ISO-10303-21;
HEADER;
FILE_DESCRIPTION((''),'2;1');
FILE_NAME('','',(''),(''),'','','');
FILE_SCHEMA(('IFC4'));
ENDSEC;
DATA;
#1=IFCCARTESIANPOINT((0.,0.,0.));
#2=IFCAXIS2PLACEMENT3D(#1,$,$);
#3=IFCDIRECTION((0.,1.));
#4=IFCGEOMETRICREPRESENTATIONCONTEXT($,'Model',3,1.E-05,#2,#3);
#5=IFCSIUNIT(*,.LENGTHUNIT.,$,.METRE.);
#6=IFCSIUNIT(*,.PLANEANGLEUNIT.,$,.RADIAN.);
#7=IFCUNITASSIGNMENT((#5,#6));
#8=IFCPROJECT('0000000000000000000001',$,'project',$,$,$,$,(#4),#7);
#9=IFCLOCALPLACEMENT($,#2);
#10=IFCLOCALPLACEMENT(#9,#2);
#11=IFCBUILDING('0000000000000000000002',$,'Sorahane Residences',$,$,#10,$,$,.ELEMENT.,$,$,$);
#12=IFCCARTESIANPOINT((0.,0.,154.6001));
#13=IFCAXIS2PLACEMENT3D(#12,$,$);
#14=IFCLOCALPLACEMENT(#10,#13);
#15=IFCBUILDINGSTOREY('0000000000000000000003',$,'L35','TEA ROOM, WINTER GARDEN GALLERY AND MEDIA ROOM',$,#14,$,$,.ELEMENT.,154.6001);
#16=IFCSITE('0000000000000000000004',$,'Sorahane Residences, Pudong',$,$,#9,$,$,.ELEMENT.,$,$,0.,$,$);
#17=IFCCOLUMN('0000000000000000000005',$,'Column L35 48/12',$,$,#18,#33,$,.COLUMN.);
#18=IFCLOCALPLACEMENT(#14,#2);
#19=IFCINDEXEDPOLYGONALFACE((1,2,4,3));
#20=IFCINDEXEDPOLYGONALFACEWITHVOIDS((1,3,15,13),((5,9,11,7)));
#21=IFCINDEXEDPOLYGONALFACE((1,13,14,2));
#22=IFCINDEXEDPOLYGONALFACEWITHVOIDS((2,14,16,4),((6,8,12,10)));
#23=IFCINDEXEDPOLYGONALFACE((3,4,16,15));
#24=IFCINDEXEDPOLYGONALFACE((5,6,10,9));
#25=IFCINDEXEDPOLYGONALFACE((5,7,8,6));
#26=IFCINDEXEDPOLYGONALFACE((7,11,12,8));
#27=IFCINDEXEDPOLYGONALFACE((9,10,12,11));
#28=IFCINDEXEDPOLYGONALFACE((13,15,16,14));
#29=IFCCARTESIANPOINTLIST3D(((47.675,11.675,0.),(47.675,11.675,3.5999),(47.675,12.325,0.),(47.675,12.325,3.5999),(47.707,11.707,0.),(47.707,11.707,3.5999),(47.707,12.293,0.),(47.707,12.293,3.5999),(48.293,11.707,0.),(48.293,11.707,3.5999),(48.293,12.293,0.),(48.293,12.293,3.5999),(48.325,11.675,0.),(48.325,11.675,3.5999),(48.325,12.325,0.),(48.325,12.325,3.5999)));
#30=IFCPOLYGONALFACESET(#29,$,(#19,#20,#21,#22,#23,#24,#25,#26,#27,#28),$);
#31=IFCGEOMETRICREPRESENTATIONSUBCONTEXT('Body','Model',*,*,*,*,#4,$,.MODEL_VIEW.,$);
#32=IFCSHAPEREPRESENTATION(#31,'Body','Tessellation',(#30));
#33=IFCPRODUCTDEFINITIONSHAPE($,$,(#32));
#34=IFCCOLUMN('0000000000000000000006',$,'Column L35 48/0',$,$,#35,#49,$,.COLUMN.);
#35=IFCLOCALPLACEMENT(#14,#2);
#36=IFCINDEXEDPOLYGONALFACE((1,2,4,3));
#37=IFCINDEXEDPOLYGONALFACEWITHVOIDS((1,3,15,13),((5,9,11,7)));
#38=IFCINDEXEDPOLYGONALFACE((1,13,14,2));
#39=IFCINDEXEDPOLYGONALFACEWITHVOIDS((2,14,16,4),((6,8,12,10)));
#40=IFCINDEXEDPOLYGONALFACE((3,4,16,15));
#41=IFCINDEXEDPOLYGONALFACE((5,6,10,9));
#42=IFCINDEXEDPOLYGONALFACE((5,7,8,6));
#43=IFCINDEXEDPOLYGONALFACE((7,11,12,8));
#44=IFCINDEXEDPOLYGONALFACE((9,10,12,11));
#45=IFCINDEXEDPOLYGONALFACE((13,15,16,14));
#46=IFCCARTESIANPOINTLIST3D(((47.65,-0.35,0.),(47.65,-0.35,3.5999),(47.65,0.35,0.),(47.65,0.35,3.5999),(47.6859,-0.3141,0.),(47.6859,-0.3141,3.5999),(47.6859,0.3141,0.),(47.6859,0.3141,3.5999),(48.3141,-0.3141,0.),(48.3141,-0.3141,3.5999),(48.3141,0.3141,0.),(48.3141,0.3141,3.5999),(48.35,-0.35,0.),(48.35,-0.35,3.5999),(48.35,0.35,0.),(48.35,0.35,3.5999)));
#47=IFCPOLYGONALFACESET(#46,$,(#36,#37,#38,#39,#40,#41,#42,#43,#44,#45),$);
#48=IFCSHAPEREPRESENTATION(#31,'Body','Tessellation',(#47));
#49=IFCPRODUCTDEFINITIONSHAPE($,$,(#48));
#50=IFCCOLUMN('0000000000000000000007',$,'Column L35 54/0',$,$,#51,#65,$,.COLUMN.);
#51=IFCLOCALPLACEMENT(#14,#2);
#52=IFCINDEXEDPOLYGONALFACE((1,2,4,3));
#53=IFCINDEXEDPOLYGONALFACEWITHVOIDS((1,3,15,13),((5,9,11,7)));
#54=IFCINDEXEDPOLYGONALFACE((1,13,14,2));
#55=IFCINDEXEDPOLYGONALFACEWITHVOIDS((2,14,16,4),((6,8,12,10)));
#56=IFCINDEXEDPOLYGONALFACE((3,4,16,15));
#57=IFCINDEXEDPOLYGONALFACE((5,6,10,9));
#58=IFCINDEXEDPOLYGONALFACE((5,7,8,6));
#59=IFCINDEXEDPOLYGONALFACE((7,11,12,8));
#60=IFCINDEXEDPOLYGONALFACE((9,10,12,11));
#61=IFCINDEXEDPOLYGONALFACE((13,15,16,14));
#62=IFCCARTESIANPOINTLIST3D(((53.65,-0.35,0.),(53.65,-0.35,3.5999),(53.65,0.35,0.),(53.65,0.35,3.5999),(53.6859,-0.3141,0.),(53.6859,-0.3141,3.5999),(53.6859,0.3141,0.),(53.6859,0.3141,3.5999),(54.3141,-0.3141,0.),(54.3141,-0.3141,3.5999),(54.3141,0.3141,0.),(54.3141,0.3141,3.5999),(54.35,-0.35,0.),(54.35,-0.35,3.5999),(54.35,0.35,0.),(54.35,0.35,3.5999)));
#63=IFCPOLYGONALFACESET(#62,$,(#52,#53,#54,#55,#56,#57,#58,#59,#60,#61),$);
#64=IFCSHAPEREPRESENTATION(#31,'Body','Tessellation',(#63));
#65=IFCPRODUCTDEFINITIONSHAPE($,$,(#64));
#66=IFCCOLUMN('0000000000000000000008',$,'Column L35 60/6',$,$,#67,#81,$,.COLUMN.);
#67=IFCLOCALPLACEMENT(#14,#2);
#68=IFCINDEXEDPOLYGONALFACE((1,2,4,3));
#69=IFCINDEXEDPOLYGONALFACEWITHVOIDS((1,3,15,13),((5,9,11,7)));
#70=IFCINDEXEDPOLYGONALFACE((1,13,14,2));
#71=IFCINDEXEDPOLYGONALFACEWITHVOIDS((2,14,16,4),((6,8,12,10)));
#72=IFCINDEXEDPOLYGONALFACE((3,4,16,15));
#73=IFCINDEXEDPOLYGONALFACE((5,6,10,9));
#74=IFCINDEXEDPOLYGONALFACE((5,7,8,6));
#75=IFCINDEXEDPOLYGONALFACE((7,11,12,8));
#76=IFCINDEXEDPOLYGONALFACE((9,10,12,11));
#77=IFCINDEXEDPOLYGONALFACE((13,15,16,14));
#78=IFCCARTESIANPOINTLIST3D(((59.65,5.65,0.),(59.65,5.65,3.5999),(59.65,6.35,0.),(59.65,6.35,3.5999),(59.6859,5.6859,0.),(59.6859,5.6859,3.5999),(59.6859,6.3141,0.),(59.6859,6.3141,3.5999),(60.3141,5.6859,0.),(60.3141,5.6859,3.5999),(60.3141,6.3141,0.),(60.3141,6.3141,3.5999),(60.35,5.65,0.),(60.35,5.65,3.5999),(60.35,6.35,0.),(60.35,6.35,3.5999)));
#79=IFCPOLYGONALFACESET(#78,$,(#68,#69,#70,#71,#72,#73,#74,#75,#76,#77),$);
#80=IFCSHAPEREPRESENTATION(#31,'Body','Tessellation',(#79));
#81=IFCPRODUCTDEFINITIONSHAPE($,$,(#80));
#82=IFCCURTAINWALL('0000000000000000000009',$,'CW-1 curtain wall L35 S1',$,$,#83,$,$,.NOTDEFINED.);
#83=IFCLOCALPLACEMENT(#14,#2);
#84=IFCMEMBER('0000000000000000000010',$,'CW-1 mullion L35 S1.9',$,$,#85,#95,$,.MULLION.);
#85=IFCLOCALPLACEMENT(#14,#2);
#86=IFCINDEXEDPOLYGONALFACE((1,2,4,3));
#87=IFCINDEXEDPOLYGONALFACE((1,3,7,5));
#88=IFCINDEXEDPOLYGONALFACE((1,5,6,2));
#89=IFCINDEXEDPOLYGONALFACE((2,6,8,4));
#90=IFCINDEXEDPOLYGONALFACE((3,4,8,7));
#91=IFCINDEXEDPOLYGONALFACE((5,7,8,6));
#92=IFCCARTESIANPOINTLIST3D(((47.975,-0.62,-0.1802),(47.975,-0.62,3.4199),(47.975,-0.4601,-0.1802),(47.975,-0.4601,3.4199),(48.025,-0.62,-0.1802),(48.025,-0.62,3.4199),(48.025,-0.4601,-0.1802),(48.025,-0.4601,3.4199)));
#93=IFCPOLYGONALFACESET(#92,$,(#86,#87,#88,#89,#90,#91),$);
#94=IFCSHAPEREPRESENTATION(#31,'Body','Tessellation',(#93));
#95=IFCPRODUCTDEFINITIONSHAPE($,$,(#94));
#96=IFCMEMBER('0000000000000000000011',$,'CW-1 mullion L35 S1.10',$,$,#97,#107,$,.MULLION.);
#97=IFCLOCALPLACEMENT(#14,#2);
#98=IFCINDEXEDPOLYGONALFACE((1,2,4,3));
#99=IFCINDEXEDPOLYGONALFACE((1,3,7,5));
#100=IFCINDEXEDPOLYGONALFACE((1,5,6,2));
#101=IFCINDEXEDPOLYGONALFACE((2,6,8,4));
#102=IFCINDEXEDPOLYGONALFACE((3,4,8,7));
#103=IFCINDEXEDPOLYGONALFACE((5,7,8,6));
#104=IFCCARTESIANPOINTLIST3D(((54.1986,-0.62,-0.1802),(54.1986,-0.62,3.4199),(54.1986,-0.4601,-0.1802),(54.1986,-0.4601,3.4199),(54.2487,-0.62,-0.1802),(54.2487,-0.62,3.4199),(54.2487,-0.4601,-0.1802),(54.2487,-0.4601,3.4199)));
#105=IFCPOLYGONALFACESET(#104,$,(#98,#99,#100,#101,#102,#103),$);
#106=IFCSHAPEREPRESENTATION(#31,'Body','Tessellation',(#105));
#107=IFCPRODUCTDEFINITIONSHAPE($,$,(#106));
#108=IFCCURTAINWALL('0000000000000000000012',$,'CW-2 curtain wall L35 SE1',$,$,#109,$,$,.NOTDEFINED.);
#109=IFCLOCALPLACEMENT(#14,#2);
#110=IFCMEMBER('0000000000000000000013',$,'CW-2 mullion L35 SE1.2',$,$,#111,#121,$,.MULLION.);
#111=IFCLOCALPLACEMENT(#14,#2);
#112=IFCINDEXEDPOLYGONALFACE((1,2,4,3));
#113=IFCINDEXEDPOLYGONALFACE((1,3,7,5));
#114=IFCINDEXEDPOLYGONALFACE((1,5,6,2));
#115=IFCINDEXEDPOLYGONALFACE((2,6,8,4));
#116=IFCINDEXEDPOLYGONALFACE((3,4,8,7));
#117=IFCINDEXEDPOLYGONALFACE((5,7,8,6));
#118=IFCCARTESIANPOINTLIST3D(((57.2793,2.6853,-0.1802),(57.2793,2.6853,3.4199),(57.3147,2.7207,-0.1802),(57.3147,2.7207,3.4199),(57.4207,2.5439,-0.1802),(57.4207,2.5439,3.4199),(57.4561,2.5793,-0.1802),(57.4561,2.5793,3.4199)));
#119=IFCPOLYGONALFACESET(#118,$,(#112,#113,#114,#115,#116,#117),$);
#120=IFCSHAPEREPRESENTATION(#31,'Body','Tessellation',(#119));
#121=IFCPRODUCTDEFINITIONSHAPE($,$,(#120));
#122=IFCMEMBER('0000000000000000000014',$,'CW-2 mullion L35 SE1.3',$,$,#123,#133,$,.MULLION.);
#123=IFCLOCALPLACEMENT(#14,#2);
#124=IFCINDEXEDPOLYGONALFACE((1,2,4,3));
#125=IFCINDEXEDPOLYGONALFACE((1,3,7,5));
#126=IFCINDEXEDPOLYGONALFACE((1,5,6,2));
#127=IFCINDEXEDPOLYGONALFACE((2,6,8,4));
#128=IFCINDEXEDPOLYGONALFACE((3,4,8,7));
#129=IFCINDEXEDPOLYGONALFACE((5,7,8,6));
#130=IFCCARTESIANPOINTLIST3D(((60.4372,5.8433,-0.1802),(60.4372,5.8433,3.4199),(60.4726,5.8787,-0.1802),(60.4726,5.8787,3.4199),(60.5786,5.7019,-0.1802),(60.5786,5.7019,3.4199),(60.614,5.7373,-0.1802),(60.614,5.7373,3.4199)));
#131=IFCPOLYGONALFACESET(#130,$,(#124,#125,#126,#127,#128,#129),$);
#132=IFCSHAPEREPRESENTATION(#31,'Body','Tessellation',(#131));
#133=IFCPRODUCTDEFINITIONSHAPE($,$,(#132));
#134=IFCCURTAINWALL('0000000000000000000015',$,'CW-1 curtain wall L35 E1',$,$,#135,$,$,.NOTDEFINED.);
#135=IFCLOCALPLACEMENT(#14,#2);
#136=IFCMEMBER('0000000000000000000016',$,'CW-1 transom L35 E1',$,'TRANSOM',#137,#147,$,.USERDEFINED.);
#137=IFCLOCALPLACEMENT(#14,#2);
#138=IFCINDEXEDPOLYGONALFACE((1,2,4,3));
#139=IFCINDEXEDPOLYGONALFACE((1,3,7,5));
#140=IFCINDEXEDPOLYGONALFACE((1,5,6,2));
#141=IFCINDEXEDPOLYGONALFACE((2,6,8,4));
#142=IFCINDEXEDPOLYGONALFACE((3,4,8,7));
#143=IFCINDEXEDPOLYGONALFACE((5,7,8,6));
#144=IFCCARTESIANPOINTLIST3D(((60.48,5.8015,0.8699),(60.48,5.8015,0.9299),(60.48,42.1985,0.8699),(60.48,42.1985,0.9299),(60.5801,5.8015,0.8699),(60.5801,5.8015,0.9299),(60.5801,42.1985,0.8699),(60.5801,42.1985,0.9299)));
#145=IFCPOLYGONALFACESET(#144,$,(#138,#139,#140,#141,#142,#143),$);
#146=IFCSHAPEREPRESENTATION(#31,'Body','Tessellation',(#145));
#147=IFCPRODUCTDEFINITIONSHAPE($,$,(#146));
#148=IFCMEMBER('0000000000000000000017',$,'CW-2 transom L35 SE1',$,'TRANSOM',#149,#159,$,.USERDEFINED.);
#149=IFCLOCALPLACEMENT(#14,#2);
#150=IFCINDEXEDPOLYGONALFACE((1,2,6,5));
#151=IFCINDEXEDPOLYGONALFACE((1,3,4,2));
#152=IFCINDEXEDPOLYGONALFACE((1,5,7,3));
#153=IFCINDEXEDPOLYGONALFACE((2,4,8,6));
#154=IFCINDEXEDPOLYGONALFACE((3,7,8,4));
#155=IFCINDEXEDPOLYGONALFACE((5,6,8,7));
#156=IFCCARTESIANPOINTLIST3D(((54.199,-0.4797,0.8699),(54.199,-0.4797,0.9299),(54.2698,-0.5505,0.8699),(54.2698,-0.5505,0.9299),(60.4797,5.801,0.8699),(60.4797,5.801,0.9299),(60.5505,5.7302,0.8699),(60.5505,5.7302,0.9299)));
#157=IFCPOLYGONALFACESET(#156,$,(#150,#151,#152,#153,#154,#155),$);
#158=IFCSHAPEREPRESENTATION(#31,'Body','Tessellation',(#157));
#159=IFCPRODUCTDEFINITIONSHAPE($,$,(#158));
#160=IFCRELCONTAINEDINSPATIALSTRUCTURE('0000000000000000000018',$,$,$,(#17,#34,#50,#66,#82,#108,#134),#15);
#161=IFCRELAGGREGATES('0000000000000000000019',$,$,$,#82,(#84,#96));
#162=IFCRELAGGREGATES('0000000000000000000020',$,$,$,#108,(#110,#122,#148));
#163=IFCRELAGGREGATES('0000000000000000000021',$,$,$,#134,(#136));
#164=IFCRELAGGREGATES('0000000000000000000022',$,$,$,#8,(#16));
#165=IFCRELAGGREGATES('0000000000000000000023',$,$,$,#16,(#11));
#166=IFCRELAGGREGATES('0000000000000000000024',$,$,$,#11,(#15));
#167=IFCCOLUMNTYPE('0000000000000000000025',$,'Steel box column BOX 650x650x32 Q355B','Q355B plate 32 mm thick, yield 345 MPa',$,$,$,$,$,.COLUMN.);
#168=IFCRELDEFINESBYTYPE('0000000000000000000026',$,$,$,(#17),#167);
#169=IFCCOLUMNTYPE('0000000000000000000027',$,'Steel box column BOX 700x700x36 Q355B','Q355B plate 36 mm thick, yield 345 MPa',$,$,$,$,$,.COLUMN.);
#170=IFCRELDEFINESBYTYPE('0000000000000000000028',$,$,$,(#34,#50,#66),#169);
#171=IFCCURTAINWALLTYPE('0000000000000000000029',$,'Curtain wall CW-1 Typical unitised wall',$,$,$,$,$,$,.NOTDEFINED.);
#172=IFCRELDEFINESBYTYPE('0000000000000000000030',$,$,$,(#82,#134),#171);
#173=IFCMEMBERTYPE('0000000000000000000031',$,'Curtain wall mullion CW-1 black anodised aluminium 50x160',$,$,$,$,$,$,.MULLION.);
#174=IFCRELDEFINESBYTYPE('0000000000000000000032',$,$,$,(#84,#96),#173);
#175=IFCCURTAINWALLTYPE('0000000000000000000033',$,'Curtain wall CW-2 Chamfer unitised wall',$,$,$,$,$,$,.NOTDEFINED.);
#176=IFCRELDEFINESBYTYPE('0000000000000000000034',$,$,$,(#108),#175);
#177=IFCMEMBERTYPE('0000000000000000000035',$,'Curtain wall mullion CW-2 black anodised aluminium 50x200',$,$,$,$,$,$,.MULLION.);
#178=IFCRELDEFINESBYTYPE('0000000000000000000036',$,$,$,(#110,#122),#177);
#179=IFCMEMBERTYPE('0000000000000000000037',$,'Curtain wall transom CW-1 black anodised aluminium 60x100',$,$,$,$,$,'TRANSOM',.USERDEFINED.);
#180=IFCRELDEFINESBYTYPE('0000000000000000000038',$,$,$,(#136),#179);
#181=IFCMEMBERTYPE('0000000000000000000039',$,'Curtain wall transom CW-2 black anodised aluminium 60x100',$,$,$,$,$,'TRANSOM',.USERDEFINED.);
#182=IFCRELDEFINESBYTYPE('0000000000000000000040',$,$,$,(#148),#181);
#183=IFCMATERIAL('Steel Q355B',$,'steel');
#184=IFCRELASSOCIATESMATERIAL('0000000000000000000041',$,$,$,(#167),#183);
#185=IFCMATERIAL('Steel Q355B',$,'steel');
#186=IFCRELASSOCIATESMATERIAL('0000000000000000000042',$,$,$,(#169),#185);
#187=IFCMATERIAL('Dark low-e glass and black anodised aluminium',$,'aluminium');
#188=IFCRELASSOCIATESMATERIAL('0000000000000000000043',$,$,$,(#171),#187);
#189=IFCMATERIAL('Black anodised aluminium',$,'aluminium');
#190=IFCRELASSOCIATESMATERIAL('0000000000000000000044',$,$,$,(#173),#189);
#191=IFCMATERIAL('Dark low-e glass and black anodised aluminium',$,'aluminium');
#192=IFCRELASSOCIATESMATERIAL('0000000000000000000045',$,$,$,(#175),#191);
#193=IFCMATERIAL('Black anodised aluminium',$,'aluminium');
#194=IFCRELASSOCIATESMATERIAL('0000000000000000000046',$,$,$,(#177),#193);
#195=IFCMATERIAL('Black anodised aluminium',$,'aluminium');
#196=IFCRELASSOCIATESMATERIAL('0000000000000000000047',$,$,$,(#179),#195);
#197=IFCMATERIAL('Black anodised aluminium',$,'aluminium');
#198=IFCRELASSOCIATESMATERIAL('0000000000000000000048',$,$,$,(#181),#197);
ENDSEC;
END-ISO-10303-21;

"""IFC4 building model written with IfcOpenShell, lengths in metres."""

from ifc_helpers import new_model, si_unit, direction, frame, origin, origin_2d, place, context, subcontext, project, spatial, rectangle, hollow_rectangle, extrude, material, material_profile, profile_set, type_object, element, aggregate, save


model = new_model("IFC4")

# Units and contexts
model_context = context("Model", 3, precision=1e-05, world=origin(), true_north=direction((0.0, 1.0)))
body_context = subcontext(model_context, "Body", "Model", "MODEL_VIEW")
ifc_project = project(units=[si_unit("LENGTHUNIT", "METRE"), si_unit("PLANEANGLEUNIT", "RADIAN")], contexts=[model_context])

# Site, building, storey
site_placement = place(None, origin())
site = spatial("IfcSite", under=ifc_project, at=site_placement, Name="Sorahane Residences, Pudong", CompositionType="ELEMENT", RefElevation=0.0)
building_placement = place(site_placement, origin())
building = spatial("IfcBuilding", under=site, at=building_placement, Name="Sorahane Residences", CompositionType="ELEMENT")
storey_placement = place(building_placement, frame((0.0, 0.0, 154.6001)))
storey = spatial("IfcBuildingStorey", under=building, at=storey_placement, Name="L35", Description="TEA ROOM, WINTER GARDEN GALLERY AND MEDIA ROOM", CompositionType="ELEMENT", Elevation=154.6001)

# Columns
ifc_material_1 = material(Name="Steel Q355B", Category="steel")
ifc_material_profile_1 = material_profile(ifc_material_1, hollow_rectangle(XDim=0.6499, YDim=0.6499, WallThickness=0.032, at=origin_2d()), Name="BOX 650x650x32")
ifc_profile_set_1 = profile_set([ifc_material_profile_1], Name="Steel Q355B")
column_type_1 = type_object("IfcColumnType", Name="Steel box column BOX 650x650x32 Q355B", Description="Q355B plate 32 mm thick, yield 345 MPa", PredefinedType="COLUMN", material=ifc_profile_set_1)
column_placement = place(storey_placement, frame((48.0, 12.0, 0.0), z_axis=(0.0, 0.0, 1.0), x_axis=(1.0, 0.0, 0.0)))
element("IfcColumn", 1, at=column_placement, inside=storey, type_object=column_type_1, Name="Column L35 48/12", PredefinedType="COLUMN", context=body_context, shape_type="SweptSolid", body=[
    extrude(hollow_rectangle(XDim=0.6499, YDim=0.6499, WallThickness=0.032, at=origin_2d()), origin(), (0.0, 0.0, 1.0), 3.5999),
])
ifc_material_2 = material(Name="Steel Q355B", Category="steel")
ifc_material_profile_2 = material_profile(ifc_material_2, hollow_rectangle(XDim=0.7, YDim=0.7, WallThickness=0.0359, at=origin_2d()), Name="BOX 700x700x36")
ifc_profile_set_2 = profile_set([ifc_material_profile_2], Name="Steel Q355B")
column_type_2 = type_object("IfcColumnType", Name="Steel box column BOX 700x700x36 Q355B", Description="Q355B plate 36 mm thick, yield 345 MPa", PredefinedType="COLUMN", material=ifc_profile_set_2)
for number, where, z_axis, x_axis, name in (
    (2, (48.0, 0.0, 0.0), (0.0, 0.0, 1.0), (1.0, 0.0, 0.0), "Column L35 48/0"),
    (3, (54.0, 0.0, 0.0), (0.0, 0.0, 1.0), (1.0, 0.0, 0.0), "Column L35 54/0"),
    (4, (60.0, 6.0, 0.0), (0.0, 0.0, 1.0), (1.0, 0.0, 0.0), "Column L35 60/6"),
):
    element("IfcColumn", number, at=place(storey_placement, frame(where, z_axis=z_axis, x_axis=x_axis)), inside=storey, type_object=column_type_2, Name=name, PredefinedType="COLUMN", context=body_context, shape_type="SweptSolid", body=[
        extrude(hollow_rectangle(XDim=0.7, YDim=0.7, WallThickness=0.0359, at=origin_2d()), origin(), (0.0, 0.0, 1.0), 3.5999),
    ])

# Curtain walls, members
ifc_material_3 = material(Name="Dark low-e glass and black anodised aluminium", Category="aluminium")
curtain_wall_type_1 = type_object("IfcCurtainWallType", Name="Curtain wall CW-1 Typical unitised wall", PredefinedType="NOTDEFINED", material=ifc_material_3)
curtain_wall_1_placement = place(storey_placement, origin())
curtain_wall_1 = element("IfcCurtainWall", 5, at=curtain_wall_1_placement, inside=storey, type_object=curtain_wall_type_1, Name="CW-1 curtain wall L35 S1", PredefinedType="NOTDEFINED")
ifc_material_4 = material(Name="Black anodised aluminium", Category="aluminium")
ifc_material_profile_3 = material_profile(ifc_material_4, rectangle(XDim=0.1599, YDim=0.05, at=origin_2d()), Name="Curtain wall mullion CW-1 black anodised aluminium 50x160")
ifc_profile_set_3 = profile_set([ifc_material_profile_3], Name="Black anodised aluminium")
member_type_1 = type_object("IfcMemberType", Name="Curtain wall mullion CW-1 black anodised aluminium 50x160", PredefinedType="MULLION", material=ifc_profile_set_3)
member_1_placement = place(storey_placement, frame((48.0, -0.54, -0.1802), z_axis=(0.0, 0.0, 1.0), x_axis=(0.0, -1.0, 0.0)))
member_1 = element("IfcMember", 6, at=member_1_placement, type_object=member_type_1, Name="CW-1 mullion L35 S1.9", PredefinedType="MULLION", context=body_context, shape_type="SweptSolid", body=[
    extrude(rectangle(XDim=0.1599, YDim=0.05, at=origin_2d()), origin(), (0.0, 0.0, 1.0), 3.6001),
])
member_2_placement = place(storey_placement, frame((54.2236, -0.54, -0.1802), z_axis=(0.0, 0.0, 1.0), x_axis=(0.0, -1.0, 0.0)))
member_2 = element("IfcMember", 7, at=member_2_placement, type_object=member_type_1, Name="CW-1 mullion L35 S1.10", PredefinedType="MULLION", context=body_context, shape_type="SweptSolid", body=[
    extrude(rectangle(XDim=0.1599, YDim=0.05, at=origin_2d()), origin(), (0.0, 0.0, 1.0), 3.6001),
])
ifc_material_5 = material(Name="Dark low-e glass and black anodised aluminium", Category="aluminium")
curtain_wall_type_2 = type_object("IfcCurtainWallType", Name="Curtain wall CW-2 Chamfer unitised wall", PredefinedType="NOTDEFINED", material=ifc_material_5)
curtain_wall_2_placement = place(storey_placement, origin())
curtain_wall_2 = element("IfcCurtainWall", 8, at=curtain_wall_2_placement, inside=storey, type_object=curtain_wall_type_2, Name="CW-2 curtain wall L35 SE1", PredefinedType="NOTDEFINED")
ifc_material_6 = material(Name="Black anodised aluminium", Category="aluminium")
ifc_material_profile_4 = material_profile(ifc_material_6, rectangle(XDim=0.2, YDim=0.05, at=origin_2d()), Name="Curtain wall mullion CW-2 black anodised aluminium 50x200")
ifc_profile_set_4 = profile_set([ifc_material_profile_4], Name="Black anodised aluminium")
member_type_2 = type_object("IfcMemberType", Name="Curtain wall mullion CW-2 black anodised aluminium 50x200", PredefinedType="MULLION", material=ifc_profile_set_4)
member_3_placement = place(storey_placement, frame((57.3677, 2.6323, -0.1802), z_axis=(0.0, 0.0, 1.0), x_axis=(0.707107, -0.707107, 0.0)))
member_3 = element("IfcMember", 9, at=member_3_placement, type_object=member_type_2, Name="CW-2 mullion L35 SE1.2", PredefinedType="MULLION", context=body_context, shape_type="SweptSolid", body=[
    extrude(rectangle(XDim=0.2, YDim=0.05, at=origin_2d()), origin(), (0.0, 0.0, 1.0), 3.6001),
])
member_4_placement = place(storey_placement, frame((60.5256, 5.7903, -0.1802), z_axis=(0.0, 0.0, 1.0), x_axis=(0.707107, -0.707107, 0.0)))
member_4 = element("IfcMember", 10, at=member_4_placement, type_object=member_type_2, Name="CW-2 mullion L35 SE1.3", PredefinedType="MULLION", context=body_context, shape_type="SweptSolid", body=[
    extrude(rectangle(XDim=0.2, YDim=0.05, at=origin_2d()), origin(), (0.0, 0.0, 1.0), 3.6001),
])

# Curtain wall, member
curtain_wall_3_placement = place(storey_placement, origin())
curtain_wall_3 = element("IfcCurtainWall", 11, at=curtain_wall_3_placement, inside=storey, type_object=curtain_wall_type_1, Name="CW-1 curtain wall L35 E1", PredefinedType="NOTDEFINED")
ifc_material_7 = material(Name="Black anodised aluminium", Category="aluminium")
ifc_material_profile_5 = material_profile(ifc_material_7, rectangle(XDim=0.1001, YDim=0.0601, at=origin_2d()), Name="Curtain wall transom CW-1 black anodised aluminium 60x100")
ifc_profile_set_5 = profile_set([ifc_material_profile_5], Name="Black anodised aluminium")
member_type_3 = type_object("IfcMemberType", Name="Curtain wall transom CW-1 black anodised aluminium 60x100", ElementType="TRANSOM", PredefinedType="USERDEFINED", material=ifc_profile_set_5)
member_5_placement = place(storey_placement, frame((60.53, 5.8015, 0.8999), z_axis=(0.0, 1.0, 0.0), x_axis=(-1.0, 0.0, 0.0)))
member_5 = element("IfcMember", 12, at=member_5_placement, type_object=member_type_3, Name="CW-1 transom L35 E1", ObjectType="TRANSOM", PredefinedType="USERDEFINED", context=body_context, shape_type="SweptSolid", body=[
    extrude(rectangle(XDim=0.1001, YDim=0.0601, at=origin_2d()), origin(), (0.0, 0.0, 1.0), 36.397),
])

# Member
ifc_material_8 = material(Name="Black anodised aluminium", Category="aluminium")
ifc_material_profile_6 = material_profile(ifc_material_8, rectangle(XDim=0.1001, YDim=0.0601, at=origin_2d()), Name="Curtain wall transom CW-2 black anodised aluminium 60x100")
ifc_profile_set_6 = profile_set([ifc_material_profile_6], Name="Black anodised aluminium")
member_type_4 = type_object("IfcMemberType", Name="Curtain wall transom CW-2 black anodised aluminium 60x100", ElementType="TRANSOM", PredefinedType="USERDEFINED", material=ifc_profile_set_6)
member_6_placement = place(storey_placement, frame((54.2344, -0.5151, 0.8999), z_axis=(0.707107, 0.707107, 0.0), x_axis=(-0.707107, 0.707107, 0.0)))
member_6 = element("IfcMember", 13, at=member_6_placement, type_object=member_type_4, Name="CW-2 transom L35 SE1", ObjectType="TRANSOM", PredefinedType="USERDEFINED", context=body_context, shape_type="SweptSolid", body=[
    extrude(rectangle(XDim=0.1001, YDim=0.0601, at=origin_2d()), origin(), (0.0, 0.0, 1.0), 8.8823),
])

aggregate(curtain_wall_1, [member_1, member_2])
aggregate(curtain_wall_2, [member_3, member_4, member_6])
aggregate(curtain_wall_3, [member_5])

save(model, "model.ifc")
